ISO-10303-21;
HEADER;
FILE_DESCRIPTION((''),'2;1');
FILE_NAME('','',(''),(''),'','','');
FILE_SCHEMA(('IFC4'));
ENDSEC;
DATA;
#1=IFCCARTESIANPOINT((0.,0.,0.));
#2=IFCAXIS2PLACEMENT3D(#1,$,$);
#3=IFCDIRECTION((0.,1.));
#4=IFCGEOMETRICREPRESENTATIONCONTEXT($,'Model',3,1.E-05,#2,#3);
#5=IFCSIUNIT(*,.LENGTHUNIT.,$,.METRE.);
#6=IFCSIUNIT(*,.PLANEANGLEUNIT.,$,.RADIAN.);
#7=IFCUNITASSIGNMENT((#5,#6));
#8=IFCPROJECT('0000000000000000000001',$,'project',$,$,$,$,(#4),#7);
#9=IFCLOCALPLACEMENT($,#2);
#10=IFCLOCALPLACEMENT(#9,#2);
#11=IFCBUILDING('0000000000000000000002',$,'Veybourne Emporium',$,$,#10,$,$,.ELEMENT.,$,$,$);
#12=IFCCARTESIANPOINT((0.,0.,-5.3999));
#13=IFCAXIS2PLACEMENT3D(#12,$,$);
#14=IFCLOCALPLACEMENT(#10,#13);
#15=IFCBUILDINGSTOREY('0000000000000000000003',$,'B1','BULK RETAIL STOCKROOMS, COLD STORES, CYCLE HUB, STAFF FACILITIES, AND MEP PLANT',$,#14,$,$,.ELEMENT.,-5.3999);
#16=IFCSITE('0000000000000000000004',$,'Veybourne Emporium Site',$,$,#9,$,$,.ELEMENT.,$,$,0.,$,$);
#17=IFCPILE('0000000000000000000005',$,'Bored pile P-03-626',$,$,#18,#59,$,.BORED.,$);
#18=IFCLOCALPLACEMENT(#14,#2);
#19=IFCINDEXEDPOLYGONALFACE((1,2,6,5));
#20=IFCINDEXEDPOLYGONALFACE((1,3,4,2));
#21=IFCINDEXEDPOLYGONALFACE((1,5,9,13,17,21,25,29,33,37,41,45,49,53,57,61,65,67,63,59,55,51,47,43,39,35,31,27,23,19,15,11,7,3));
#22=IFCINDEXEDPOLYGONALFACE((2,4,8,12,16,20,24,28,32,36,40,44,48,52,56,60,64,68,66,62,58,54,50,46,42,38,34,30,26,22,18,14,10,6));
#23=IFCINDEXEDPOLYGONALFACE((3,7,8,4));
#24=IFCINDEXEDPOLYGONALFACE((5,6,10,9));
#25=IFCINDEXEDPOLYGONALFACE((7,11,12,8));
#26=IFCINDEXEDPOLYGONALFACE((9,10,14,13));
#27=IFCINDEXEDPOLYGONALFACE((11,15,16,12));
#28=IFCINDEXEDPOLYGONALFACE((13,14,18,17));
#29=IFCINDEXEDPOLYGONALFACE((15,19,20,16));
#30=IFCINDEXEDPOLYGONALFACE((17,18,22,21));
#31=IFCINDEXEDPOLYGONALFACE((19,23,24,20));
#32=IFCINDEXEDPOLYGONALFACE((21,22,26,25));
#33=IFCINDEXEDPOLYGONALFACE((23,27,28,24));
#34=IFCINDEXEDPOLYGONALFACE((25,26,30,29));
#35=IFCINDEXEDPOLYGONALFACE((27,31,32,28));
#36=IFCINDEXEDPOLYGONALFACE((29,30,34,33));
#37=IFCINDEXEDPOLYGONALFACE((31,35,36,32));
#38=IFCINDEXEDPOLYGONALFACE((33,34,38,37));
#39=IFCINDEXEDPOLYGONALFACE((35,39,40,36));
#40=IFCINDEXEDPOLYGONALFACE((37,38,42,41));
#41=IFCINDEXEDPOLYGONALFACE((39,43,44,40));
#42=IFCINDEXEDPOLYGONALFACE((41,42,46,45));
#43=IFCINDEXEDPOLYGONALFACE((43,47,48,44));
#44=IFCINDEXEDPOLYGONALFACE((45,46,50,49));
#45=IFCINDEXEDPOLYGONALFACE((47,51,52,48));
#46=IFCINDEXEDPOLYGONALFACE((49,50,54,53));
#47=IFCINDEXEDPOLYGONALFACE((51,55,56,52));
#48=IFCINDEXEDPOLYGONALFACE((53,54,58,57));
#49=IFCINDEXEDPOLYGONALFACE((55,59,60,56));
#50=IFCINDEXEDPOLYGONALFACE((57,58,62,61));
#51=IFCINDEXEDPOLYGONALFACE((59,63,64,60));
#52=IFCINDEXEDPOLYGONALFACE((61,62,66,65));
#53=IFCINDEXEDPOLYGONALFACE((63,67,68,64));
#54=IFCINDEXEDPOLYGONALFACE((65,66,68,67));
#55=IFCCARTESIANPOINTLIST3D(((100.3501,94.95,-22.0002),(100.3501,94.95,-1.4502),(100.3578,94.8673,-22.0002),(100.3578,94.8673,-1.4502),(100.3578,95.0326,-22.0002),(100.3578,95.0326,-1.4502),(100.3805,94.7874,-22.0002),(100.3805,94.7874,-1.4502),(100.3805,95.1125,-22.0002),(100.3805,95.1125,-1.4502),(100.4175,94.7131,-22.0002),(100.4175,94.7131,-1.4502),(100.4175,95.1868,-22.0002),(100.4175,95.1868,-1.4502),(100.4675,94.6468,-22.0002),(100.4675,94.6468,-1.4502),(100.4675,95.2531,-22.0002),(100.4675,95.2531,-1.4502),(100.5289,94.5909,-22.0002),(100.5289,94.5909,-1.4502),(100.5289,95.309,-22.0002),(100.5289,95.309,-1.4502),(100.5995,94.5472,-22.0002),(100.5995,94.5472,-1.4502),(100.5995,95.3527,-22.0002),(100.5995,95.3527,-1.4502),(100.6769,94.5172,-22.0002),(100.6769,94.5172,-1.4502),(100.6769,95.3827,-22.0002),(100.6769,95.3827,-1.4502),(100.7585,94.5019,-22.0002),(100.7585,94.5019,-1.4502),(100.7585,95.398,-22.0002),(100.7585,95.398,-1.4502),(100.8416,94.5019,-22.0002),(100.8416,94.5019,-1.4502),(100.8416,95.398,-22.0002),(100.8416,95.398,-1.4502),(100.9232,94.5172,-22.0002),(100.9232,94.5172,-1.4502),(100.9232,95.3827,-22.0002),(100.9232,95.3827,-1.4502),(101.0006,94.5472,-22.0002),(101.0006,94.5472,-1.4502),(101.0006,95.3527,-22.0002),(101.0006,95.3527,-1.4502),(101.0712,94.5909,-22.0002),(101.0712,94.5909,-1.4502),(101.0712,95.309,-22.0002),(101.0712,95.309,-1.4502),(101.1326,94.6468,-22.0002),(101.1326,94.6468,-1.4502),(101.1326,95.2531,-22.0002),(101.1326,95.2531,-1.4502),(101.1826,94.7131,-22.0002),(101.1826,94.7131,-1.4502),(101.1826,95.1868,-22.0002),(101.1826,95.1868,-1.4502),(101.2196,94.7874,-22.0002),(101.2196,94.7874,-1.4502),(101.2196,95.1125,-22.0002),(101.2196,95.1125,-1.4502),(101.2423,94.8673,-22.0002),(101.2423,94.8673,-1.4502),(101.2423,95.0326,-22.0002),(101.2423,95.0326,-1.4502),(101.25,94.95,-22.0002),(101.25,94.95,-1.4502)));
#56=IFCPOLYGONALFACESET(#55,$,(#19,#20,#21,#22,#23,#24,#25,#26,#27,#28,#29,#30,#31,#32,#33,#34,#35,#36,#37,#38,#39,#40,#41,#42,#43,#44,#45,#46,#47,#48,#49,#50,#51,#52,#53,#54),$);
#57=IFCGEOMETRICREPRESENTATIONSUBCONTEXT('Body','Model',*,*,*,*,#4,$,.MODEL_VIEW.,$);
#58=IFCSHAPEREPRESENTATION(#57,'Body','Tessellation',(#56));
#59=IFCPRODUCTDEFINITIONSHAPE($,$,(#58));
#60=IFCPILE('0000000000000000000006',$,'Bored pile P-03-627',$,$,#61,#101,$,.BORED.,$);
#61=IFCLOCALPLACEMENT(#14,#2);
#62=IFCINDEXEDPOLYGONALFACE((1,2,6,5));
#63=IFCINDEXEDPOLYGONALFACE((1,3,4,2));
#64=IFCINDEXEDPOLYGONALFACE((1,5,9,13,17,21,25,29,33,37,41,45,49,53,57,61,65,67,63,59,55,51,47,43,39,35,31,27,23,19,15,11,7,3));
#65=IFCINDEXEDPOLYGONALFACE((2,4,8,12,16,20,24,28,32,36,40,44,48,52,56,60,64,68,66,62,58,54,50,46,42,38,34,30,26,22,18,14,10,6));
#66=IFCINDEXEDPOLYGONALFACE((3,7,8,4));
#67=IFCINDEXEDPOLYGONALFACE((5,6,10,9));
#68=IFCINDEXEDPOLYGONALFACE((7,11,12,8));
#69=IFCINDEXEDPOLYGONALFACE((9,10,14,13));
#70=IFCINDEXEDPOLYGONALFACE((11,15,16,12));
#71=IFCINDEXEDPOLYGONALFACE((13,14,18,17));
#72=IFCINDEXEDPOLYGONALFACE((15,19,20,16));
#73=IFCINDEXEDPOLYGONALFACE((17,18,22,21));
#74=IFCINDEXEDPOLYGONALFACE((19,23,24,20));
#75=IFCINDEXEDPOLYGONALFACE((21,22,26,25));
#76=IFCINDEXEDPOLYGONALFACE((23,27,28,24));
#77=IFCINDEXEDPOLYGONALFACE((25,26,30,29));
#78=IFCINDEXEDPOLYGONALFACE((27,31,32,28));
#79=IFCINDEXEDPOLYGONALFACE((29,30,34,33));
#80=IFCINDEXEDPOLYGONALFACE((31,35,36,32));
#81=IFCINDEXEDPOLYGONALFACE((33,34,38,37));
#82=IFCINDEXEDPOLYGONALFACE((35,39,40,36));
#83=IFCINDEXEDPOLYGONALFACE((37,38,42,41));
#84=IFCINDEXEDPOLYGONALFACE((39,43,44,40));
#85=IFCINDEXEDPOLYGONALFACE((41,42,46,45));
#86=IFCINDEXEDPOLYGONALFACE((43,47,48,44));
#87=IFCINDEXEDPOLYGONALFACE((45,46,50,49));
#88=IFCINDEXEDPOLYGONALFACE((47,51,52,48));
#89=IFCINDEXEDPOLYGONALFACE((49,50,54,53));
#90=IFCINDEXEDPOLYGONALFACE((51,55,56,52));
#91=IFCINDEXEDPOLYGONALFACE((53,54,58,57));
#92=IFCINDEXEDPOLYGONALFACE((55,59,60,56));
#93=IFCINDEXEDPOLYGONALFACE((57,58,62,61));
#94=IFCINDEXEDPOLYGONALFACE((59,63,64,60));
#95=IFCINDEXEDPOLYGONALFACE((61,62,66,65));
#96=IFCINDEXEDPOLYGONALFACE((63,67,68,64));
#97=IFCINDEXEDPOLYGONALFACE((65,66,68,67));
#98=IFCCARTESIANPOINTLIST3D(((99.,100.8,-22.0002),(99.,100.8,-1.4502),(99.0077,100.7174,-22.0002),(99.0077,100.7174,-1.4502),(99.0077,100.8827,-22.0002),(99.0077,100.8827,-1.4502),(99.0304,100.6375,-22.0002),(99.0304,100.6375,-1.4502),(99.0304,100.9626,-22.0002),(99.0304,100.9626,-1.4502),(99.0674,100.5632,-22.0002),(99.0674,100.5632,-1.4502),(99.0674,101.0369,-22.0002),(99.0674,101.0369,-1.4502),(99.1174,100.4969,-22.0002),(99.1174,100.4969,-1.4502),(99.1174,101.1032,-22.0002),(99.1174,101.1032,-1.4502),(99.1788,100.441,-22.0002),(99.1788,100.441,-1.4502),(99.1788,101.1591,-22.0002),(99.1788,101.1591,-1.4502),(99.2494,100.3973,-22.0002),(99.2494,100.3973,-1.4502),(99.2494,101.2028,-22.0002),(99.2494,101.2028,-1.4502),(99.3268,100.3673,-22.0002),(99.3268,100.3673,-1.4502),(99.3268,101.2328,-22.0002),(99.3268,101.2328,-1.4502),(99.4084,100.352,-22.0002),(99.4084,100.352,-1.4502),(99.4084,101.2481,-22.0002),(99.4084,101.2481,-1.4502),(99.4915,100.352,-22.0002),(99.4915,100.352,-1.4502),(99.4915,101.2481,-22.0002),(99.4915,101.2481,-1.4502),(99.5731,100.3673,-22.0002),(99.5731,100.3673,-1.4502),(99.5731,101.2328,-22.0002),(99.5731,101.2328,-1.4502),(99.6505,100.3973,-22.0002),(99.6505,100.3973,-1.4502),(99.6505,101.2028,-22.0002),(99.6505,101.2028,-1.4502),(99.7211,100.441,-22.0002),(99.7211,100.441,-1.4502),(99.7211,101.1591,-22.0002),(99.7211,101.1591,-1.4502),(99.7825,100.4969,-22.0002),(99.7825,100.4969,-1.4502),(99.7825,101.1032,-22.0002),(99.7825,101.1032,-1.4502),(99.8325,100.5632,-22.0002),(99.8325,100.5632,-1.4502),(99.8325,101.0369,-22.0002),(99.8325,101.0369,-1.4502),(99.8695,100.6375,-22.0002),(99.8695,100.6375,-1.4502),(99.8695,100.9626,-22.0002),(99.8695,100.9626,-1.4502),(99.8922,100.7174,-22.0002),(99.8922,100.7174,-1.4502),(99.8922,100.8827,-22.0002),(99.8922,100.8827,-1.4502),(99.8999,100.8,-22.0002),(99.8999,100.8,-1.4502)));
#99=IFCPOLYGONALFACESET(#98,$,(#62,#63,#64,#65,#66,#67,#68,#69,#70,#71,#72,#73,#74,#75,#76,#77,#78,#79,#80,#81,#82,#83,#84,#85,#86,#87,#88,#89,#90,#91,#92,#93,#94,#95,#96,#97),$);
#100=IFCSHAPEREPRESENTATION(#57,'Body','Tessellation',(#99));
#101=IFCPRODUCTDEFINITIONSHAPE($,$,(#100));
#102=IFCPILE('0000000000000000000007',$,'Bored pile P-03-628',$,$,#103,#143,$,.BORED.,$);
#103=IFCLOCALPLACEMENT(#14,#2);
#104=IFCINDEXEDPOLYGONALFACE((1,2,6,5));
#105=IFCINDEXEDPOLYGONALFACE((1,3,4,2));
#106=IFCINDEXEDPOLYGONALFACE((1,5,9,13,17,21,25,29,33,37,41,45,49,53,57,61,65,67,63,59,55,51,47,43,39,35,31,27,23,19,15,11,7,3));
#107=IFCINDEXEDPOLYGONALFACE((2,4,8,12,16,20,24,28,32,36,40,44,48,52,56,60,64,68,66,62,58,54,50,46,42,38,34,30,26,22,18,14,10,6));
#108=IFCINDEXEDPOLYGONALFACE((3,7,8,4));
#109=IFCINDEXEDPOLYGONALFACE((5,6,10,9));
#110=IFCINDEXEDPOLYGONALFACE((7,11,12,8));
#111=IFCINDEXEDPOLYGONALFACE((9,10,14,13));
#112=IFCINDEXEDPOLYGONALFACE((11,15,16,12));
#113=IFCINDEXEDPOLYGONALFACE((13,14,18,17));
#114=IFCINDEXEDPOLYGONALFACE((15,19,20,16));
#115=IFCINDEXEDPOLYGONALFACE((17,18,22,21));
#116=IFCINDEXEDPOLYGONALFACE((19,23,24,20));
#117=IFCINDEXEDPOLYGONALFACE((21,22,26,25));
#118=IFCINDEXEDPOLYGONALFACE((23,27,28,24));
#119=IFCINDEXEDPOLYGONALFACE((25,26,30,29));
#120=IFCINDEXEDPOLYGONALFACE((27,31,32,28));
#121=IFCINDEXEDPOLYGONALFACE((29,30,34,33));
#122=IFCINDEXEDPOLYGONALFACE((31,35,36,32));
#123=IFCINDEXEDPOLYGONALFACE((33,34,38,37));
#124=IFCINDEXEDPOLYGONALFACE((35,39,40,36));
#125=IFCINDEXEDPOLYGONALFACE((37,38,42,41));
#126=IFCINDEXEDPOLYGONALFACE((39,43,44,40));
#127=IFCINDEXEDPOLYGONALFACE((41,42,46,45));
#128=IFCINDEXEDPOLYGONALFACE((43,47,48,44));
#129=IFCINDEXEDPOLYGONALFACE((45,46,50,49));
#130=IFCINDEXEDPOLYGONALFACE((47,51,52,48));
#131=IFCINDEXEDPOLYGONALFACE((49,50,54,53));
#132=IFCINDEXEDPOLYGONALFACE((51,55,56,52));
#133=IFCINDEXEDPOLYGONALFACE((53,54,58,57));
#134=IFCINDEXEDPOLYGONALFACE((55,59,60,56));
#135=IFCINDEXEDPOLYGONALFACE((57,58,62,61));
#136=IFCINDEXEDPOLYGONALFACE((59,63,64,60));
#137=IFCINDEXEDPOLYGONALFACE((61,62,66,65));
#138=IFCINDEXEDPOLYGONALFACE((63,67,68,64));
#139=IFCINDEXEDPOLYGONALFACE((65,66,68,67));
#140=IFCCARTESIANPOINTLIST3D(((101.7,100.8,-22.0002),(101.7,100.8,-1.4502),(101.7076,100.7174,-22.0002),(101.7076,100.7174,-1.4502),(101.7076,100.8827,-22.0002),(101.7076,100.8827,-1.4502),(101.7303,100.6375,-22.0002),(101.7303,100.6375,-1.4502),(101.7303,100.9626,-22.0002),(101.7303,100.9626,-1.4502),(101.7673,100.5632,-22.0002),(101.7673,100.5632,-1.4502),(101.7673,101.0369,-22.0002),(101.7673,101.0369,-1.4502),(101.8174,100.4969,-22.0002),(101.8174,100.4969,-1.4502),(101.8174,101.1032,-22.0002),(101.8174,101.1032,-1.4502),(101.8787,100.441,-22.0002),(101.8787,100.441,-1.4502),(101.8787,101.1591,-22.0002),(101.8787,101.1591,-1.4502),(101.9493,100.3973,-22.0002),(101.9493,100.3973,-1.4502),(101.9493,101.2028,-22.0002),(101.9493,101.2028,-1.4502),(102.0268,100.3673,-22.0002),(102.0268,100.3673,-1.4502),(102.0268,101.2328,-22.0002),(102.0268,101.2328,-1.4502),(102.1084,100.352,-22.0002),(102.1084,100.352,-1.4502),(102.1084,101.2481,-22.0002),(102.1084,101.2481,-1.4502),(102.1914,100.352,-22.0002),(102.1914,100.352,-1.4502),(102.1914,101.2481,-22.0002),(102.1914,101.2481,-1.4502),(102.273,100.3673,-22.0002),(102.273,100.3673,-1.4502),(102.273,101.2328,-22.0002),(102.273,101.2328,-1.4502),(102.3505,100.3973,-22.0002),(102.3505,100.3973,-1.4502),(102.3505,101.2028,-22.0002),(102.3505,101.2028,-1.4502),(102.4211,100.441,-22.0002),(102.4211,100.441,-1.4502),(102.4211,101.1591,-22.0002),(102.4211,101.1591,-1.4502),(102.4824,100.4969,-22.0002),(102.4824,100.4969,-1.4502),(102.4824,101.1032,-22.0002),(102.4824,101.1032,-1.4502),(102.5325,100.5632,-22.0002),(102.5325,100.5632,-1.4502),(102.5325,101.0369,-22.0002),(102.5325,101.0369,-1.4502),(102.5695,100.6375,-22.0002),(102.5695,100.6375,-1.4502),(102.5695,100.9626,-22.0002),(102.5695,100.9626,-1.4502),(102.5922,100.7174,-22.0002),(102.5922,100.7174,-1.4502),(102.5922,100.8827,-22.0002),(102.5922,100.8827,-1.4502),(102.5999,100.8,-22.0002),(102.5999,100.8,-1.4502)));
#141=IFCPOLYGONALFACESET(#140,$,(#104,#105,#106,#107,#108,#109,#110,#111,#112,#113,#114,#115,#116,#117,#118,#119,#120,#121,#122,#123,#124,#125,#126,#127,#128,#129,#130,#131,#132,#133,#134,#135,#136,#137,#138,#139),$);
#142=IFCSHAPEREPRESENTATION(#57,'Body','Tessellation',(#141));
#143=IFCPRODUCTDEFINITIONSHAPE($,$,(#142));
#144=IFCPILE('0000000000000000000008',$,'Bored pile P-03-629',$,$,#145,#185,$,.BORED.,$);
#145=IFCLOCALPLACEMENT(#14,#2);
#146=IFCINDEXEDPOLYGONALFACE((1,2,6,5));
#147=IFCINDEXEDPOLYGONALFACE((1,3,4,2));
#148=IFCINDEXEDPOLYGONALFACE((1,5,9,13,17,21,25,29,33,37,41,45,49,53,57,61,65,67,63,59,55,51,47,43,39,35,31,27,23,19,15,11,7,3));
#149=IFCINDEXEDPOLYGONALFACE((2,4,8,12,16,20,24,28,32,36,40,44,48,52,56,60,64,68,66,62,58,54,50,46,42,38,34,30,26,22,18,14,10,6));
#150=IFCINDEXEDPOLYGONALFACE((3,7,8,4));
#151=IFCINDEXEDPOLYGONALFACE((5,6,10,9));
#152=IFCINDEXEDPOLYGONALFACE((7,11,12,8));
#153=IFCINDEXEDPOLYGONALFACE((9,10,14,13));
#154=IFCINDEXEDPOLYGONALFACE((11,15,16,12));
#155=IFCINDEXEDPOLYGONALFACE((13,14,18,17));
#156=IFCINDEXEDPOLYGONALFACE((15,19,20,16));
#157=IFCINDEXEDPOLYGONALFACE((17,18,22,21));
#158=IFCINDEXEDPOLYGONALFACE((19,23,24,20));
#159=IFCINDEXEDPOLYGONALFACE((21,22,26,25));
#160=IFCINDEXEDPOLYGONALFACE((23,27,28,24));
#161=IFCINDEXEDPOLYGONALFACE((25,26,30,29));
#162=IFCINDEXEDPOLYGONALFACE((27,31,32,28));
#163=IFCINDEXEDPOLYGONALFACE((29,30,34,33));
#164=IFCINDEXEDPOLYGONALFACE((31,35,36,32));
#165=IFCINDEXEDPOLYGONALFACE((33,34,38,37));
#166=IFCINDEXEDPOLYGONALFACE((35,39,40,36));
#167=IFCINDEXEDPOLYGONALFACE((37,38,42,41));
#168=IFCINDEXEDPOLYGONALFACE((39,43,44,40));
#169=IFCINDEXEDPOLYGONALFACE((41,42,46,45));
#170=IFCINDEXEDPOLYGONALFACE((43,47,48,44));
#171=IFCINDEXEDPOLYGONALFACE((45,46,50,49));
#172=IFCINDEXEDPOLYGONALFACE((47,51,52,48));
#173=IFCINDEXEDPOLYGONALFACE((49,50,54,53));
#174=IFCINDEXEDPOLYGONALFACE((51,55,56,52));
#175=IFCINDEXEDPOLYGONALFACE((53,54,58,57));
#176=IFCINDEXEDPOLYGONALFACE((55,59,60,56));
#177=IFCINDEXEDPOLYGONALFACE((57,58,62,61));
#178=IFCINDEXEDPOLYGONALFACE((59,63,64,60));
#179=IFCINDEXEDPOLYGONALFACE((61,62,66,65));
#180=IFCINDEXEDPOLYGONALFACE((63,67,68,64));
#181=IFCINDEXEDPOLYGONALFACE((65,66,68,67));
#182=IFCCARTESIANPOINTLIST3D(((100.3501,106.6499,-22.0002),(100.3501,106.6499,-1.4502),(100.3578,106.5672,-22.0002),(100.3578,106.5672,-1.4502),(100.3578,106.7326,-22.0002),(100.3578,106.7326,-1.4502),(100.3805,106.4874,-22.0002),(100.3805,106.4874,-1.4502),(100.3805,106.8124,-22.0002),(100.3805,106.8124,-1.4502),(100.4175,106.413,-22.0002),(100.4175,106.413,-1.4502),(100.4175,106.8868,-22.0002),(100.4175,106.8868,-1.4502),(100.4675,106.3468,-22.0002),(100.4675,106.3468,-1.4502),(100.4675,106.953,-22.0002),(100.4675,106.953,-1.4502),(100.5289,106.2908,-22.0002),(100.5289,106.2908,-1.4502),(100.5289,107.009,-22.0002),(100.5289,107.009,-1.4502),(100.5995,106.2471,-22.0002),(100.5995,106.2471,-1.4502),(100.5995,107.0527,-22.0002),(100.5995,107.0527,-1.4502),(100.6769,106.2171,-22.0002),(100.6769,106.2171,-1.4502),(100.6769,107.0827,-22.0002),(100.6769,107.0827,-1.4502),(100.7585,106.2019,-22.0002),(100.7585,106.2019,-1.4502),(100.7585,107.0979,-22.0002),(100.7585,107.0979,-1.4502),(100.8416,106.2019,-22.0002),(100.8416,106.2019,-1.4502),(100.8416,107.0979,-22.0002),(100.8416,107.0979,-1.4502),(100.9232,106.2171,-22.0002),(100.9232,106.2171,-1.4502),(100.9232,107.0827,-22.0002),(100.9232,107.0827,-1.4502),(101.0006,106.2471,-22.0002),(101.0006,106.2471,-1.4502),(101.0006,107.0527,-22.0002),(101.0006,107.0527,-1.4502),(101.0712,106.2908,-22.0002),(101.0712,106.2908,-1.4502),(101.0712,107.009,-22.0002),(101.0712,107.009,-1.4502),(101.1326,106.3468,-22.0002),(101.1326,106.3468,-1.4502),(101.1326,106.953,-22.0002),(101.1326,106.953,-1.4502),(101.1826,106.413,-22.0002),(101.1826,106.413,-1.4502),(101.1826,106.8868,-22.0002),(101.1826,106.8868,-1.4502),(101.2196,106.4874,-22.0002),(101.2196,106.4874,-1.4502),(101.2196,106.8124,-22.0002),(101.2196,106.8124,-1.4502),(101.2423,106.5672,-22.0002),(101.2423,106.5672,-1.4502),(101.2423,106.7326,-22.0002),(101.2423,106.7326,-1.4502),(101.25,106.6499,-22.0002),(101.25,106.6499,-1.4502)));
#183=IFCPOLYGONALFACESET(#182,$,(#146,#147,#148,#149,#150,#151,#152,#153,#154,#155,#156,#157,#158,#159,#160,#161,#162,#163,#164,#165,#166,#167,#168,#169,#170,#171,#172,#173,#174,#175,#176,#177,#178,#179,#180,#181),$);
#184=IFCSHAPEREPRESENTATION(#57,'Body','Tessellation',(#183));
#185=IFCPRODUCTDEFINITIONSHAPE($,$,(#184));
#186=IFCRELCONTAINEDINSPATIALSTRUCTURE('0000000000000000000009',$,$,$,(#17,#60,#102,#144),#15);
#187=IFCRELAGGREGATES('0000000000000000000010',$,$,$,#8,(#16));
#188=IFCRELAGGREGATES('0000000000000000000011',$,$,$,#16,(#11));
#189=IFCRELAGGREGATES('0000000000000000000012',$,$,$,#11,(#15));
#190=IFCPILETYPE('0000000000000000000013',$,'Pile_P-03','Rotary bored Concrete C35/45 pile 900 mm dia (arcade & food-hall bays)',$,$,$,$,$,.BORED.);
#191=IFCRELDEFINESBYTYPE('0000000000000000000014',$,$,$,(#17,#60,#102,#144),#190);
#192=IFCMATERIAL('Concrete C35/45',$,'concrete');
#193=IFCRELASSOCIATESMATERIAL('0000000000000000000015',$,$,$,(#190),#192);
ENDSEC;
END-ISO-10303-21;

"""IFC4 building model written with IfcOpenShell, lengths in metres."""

from ifc_helpers import new_model, si_unit, direction, frame, origin, origin_2d, place, context, subcontext, project, spatial, circle, extrude, material, material_profile, profile_set, type_object, element, save


model = new_model("IFC4")

# Units and contexts
model_context = context("Model", 3, precision=1e-05, world=origin(), true_north=direction((0.0, 1.0)))
body_context = subcontext(model_context, "Body", "Model", "MODEL_VIEW")
ifc_project = project(units=[si_unit("LENGTHUNIT", "METRE"), si_unit("PLANEANGLEUNIT", "RADIAN")], contexts=[model_context])

# Site, building, storey
site_placement = place(None, origin())
site = spatial("IfcSite", under=ifc_project, at=site_placement, Name="Veybourne Emporium Site", CompositionType="ELEMENT", RefElevation=0.0)
building_placement = place(site_placement, origin())
building = spatial("IfcBuilding", under=site, at=building_placement, Name="Veybourne Emporium", CompositionType="ELEMENT")
storey_placement = place(building_placement, frame((0.0, 0.0, -5.3999)))
storey = spatial("IfcBuildingStorey", under=building, at=storey_placement, Name="B1", Description="BULK RETAIL STOCKROOMS, COLD STORES, CYCLE HUB, STAFF FACILITIES, AND MEP PLANT", CompositionType="ELEMENT", Elevation=-5.3999)

# Shared definitions
ifc_material_1 = material(Name="Concrete C35/45", Category="concrete")

# Piles
ifc_material_profile_1 = material_profile(ifc_material_1, circle(Radius=0.45, at=origin_2d()), Name="BORED PILE 900")
ifc_profile_set_1 = profile_set([ifc_material_profile_1], Name="Concrete C35/45")
pile_type_1 = type_object("IfcPileType", Name="Pile_P-03", Description="Rotary bored Concrete C35/45 pile 900 mm dia (arcade & food-hall bays)", PredefinedType="BORED", material=ifc_profile_set_1)
for number, where, z_axis, x_axis, name in (
    (1, (100.8, 94.95, -1.4502), (0.0, 0.0, -1.0), (1.0, 0.0, 0.0), "Bored pile P-03-626"),
    (2, (99.45, 100.8, -1.4502), (0.0, 0.0, -1.0), (1.0, 0.0, 0.0), "Bored pile P-03-627"),
    (3, (102.1499, 100.8, -1.4502), (0.0, 0.0, -1.0), (1.0, 0.0, 0.0), "Bored pile P-03-628"),
    (4, (100.8, 106.6499, -1.4502), (0.0, 0.0, -1.0), (1.0, 0.0, 0.0), "Bored pile P-03-629"),
):
    element("IfcPile", number, at=place(storey_placement, frame(where, z_axis=z_axis, x_axis=x_axis)), inside=storey, type_object=pile_type_1, Name=name, PredefinedType="BORED", context=body_context, shape_type="SweptSolid", body=[
        extrude(circle(Radius=0.45, at=origin_2d()), origin(), (0.0, 0.0, 1.0), 20.55),
    ])

save(model, "model.ifc")
